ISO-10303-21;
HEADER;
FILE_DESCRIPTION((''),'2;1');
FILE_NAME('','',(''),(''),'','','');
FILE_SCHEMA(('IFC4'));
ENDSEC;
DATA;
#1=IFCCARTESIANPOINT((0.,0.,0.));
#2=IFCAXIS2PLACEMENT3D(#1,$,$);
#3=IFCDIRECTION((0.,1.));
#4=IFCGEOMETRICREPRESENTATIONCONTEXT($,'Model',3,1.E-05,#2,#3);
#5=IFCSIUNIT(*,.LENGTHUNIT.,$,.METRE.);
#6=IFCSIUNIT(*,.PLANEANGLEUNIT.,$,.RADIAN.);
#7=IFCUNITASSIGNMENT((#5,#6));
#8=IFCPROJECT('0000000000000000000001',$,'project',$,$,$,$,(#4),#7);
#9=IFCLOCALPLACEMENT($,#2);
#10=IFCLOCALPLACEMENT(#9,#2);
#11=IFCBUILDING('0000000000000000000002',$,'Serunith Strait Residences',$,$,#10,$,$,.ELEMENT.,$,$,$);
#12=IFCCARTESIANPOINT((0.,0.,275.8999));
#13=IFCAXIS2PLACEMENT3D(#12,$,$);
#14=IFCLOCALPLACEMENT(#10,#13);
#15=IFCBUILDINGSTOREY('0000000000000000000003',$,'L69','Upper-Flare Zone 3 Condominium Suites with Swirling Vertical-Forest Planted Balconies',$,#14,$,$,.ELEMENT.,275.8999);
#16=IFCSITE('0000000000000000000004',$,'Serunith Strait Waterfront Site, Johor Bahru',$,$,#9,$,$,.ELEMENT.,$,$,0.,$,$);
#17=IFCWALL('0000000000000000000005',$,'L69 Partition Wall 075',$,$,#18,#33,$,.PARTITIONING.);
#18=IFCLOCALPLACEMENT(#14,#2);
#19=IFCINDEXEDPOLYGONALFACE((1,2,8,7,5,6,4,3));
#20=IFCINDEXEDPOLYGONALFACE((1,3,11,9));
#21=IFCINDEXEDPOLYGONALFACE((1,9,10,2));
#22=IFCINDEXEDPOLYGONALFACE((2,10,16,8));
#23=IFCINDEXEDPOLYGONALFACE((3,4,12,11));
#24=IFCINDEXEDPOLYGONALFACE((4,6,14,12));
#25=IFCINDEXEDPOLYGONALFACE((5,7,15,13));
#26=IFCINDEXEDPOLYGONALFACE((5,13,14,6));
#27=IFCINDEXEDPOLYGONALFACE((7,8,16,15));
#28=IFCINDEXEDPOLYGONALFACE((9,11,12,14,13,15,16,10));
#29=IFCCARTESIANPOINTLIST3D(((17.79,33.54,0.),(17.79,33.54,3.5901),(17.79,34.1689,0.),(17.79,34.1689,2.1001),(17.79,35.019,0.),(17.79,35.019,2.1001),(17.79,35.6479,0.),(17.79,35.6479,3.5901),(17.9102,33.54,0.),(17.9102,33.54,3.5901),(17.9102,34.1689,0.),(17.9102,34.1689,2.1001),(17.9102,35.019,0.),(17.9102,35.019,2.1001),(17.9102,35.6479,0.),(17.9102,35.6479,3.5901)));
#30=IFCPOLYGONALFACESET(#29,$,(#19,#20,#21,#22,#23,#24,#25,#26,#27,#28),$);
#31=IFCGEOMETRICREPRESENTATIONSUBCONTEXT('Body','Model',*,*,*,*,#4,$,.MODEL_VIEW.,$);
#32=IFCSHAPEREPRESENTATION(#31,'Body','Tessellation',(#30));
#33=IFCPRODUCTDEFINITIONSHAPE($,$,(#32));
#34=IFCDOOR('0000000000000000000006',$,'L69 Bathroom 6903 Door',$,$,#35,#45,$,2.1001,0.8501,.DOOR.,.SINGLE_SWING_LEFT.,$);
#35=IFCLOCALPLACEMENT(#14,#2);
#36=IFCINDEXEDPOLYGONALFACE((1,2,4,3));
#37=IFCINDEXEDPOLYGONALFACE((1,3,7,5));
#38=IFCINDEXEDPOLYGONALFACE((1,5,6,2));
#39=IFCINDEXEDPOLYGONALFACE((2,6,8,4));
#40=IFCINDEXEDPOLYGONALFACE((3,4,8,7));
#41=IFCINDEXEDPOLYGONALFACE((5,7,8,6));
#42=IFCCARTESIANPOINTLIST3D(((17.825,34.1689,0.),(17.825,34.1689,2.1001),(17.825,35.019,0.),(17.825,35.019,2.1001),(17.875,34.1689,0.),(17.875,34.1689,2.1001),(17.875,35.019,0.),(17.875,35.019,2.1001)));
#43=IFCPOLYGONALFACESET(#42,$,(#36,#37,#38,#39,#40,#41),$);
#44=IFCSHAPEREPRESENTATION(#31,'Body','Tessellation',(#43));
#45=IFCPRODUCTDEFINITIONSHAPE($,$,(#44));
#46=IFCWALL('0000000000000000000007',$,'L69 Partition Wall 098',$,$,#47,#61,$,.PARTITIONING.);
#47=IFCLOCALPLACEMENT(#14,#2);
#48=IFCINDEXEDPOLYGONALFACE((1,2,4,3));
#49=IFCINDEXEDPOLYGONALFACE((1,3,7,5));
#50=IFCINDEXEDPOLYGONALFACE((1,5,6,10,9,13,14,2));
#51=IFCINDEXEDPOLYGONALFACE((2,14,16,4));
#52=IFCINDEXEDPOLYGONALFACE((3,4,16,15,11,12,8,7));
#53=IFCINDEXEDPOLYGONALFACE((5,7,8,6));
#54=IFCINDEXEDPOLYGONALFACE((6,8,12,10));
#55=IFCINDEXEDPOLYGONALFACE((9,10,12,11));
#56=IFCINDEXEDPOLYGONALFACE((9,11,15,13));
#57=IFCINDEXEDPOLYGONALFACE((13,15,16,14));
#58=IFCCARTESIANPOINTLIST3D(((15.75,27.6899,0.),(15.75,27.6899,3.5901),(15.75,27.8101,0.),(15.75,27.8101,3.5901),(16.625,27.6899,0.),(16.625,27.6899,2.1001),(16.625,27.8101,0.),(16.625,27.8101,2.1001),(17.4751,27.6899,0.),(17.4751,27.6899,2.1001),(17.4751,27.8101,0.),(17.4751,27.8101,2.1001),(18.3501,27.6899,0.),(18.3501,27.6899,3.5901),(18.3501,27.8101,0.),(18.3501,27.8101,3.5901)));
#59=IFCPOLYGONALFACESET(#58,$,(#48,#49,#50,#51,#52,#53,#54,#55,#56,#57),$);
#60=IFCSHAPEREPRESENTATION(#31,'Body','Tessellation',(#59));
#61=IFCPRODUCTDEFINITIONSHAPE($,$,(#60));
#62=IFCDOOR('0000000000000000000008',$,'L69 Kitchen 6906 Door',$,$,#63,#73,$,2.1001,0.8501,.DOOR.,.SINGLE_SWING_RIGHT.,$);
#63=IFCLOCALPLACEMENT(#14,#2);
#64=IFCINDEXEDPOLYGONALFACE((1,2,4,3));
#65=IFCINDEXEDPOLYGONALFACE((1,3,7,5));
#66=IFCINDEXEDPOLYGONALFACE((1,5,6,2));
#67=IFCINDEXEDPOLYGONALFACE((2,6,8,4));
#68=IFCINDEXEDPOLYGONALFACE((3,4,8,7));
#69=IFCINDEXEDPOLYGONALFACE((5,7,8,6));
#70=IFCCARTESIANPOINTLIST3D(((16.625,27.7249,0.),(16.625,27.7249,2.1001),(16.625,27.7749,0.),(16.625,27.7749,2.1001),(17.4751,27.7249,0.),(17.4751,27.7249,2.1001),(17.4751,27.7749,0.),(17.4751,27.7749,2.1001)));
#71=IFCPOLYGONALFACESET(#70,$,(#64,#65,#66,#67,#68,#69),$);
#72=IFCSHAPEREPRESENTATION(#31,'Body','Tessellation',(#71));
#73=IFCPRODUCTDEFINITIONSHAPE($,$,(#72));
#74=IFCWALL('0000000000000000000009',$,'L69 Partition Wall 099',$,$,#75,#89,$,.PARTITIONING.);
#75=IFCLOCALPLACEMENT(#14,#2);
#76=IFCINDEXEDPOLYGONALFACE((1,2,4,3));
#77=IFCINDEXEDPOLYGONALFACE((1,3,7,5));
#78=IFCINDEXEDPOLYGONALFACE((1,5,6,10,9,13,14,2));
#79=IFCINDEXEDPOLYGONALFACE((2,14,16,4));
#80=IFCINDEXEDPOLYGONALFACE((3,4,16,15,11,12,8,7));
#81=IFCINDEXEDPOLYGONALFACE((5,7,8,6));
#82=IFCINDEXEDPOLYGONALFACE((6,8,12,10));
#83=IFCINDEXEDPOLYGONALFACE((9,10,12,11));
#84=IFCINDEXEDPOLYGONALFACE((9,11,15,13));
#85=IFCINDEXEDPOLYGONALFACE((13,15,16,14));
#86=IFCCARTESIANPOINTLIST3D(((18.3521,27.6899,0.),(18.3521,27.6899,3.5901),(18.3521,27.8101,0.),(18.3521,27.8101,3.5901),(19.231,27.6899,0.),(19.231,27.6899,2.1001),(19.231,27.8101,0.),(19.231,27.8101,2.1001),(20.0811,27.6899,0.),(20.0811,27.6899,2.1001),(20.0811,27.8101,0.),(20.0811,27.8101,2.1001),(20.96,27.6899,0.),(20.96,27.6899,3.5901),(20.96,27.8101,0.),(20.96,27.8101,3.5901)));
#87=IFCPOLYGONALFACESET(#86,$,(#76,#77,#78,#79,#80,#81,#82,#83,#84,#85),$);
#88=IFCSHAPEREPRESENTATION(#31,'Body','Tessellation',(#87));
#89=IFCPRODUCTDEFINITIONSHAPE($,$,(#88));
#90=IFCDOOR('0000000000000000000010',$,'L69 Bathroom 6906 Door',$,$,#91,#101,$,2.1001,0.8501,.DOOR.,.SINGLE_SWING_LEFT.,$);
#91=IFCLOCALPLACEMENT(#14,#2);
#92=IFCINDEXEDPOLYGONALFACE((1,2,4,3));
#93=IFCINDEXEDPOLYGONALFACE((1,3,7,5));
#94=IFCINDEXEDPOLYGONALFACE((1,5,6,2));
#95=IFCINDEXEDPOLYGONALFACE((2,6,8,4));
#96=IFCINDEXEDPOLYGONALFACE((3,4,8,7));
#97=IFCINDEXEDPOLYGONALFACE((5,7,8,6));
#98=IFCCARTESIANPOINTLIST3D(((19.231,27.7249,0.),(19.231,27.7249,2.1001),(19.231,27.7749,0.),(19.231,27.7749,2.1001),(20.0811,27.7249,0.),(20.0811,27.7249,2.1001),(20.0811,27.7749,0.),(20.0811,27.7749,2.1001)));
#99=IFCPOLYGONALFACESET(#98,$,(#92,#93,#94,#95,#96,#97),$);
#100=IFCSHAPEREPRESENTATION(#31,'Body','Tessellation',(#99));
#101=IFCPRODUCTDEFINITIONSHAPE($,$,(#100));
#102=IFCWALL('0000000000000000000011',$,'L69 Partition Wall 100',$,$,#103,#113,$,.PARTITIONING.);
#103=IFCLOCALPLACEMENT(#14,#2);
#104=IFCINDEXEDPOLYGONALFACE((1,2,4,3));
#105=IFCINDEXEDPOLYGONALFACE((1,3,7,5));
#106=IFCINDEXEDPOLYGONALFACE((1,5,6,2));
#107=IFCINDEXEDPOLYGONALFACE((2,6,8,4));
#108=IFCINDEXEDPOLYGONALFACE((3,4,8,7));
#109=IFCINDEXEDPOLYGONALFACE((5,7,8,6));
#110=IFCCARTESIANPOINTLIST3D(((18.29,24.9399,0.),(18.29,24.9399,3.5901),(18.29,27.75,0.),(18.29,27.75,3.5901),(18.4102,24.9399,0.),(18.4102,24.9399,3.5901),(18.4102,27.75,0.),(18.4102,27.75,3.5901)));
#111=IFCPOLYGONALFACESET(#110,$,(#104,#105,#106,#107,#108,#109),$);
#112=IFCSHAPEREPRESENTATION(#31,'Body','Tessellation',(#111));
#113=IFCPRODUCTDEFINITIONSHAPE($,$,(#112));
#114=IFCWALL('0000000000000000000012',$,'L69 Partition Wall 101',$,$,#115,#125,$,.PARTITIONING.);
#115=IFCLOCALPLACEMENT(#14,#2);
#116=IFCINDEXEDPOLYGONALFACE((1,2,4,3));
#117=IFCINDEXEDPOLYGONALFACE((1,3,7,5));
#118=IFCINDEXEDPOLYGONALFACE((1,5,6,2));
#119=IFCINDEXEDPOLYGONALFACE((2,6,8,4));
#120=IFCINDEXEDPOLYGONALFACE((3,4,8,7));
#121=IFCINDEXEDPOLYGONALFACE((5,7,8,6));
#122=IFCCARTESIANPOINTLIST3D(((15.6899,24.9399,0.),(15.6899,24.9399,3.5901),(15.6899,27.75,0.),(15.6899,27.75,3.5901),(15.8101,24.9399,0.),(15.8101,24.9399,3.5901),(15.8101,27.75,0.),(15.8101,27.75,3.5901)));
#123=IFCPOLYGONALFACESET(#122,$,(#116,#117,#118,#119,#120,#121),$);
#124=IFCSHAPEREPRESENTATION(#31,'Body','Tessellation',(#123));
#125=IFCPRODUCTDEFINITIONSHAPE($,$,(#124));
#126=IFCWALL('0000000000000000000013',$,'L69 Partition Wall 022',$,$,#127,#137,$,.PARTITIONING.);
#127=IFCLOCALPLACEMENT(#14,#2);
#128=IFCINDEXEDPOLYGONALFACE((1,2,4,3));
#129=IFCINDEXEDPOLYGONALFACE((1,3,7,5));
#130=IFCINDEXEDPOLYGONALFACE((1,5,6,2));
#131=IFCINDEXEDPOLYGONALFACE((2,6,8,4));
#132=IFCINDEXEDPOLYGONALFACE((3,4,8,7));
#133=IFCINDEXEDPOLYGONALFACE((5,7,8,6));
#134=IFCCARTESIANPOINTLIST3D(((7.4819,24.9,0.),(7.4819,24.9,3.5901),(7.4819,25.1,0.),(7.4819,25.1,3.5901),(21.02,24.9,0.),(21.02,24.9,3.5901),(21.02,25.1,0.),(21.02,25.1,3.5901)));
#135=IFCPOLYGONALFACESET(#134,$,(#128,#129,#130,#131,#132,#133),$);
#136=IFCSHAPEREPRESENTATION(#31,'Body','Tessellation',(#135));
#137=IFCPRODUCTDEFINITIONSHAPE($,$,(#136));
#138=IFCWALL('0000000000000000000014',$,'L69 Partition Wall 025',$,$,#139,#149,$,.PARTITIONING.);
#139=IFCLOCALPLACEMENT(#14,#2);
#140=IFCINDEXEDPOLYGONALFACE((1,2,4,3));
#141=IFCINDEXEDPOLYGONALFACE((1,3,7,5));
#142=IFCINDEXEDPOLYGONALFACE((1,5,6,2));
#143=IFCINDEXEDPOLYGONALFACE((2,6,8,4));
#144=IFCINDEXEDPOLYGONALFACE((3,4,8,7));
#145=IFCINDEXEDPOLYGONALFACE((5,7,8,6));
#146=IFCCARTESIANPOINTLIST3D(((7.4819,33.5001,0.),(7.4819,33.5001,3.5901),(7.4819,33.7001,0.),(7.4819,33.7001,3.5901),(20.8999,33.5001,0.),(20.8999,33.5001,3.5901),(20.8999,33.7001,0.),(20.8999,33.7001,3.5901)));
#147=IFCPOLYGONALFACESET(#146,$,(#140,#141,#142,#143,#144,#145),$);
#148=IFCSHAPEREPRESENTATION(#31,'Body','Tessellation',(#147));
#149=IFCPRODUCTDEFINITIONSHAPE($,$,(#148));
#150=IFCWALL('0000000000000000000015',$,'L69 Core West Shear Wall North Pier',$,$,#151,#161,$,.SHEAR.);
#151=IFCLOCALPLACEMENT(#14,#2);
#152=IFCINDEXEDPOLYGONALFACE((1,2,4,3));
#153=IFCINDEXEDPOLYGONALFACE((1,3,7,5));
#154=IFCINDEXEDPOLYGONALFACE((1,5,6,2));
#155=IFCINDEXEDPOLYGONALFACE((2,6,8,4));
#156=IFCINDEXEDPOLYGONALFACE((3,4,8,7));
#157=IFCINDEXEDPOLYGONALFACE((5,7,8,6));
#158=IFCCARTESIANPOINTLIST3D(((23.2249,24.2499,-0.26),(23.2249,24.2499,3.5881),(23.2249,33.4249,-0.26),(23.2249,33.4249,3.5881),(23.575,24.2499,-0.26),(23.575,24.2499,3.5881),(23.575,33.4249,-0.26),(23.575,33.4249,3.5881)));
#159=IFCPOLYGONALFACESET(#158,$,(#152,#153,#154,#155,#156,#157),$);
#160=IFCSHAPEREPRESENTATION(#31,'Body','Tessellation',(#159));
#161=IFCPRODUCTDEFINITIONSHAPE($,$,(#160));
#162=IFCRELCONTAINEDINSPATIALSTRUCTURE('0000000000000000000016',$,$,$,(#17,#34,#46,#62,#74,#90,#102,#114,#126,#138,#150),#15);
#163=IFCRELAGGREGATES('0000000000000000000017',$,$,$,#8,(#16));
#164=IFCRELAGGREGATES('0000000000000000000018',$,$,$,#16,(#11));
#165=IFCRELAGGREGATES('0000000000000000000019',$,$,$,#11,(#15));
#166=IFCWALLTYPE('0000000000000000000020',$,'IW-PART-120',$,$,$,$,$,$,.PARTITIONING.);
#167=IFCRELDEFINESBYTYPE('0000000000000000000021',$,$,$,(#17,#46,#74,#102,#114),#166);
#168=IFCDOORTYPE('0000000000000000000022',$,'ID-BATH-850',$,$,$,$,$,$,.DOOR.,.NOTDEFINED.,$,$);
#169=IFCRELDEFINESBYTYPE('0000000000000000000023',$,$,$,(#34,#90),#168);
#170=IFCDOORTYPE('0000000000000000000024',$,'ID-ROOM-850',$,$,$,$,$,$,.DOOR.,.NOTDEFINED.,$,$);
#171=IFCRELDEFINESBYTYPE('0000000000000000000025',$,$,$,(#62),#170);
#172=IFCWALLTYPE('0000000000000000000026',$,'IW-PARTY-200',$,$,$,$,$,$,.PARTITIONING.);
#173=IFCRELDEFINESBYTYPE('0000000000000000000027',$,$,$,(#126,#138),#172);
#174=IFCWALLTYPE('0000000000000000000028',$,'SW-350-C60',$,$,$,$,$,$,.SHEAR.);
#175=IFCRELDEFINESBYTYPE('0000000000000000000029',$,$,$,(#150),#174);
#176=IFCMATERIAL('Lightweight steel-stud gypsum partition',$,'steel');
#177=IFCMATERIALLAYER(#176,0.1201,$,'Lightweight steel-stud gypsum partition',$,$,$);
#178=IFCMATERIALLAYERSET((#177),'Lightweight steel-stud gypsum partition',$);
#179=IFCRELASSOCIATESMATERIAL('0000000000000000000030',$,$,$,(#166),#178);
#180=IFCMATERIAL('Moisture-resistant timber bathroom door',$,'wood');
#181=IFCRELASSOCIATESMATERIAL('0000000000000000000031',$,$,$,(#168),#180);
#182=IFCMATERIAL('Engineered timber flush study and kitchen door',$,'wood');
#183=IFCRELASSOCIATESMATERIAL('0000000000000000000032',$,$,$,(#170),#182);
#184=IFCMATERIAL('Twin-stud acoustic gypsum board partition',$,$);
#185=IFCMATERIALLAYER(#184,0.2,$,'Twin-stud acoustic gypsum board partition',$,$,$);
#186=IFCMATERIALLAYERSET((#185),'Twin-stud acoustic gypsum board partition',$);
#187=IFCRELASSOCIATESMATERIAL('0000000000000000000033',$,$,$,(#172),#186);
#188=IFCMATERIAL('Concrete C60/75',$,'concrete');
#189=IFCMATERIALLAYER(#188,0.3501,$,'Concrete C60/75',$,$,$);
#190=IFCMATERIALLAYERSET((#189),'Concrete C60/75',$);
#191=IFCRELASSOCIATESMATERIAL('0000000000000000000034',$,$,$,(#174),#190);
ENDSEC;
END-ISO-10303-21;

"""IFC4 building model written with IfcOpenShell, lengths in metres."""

from ifc_helpers import new_model, si_unit, direction, frame, frame_2d, origin, place, context, subcontext, project, spatial, rectangle, extrude, source, transform, mapped, material, layer, layer_set, type_object, element, fill, save


model = new_model("IFC4")

# Units and contexts
model_context = context("Model", 3, precision=1e-05, world=origin(), true_north=direction((0.0, 1.0)))
body_context = subcontext(model_context, "Body", "Model", "MODEL_VIEW")
ifc_project = project(units=[si_unit("LENGTHUNIT", "METRE"), si_unit("PLANEANGLEUNIT", "RADIAN")], contexts=[model_context])

# Site, building, storey
site_placement = place(None, origin())
site = spatial("IfcSite", under=ifc_project, at=site_placement, Name="Serunith Strait Waterfront Site, Johor Bahru", CompositionType="ELEMENT", RefElevation=0.0)
building_placement = place(site_placement, origin())
building = spatial("IfcBuilding", under=site, at=building_placement, Name="Serunith Strait Residences", CompositionType="ELEMENT")
storey_placement = place(building_placement, frame((0.0, 0.0, 275.8999)))
storey = spatial("IfcBuildingStorey", under=building, at=storey_placement, Name="L69", Description="Upper-Flare Zone 3 Condominium Suites with Swirling Vertical-Forest Planted Balconies", CompositionType="ELEMENT", Elevation=275.8999)

# Walls, openings, doors
ifc_material_1 = material(Name="Lightweight steel-stud gypsum partition", Category="steel")
ifc_layer_1 = layer(ifc_material_1, 0.1201, Name="Lightweight steel-stud gypsum partition")
ifc_layer_set_1 = layer_set([ifc_layer_1], Name="Lightweight steel-stud gypsum partition")
wall_type_1 = type_object("IfcWallType", Name="IW-PART-120", PredefinedType="PARTITIONING", material=ifc_layer_set_1)
wall_1_placement = place(storey_placement, frame((17.8501, 35.6479, 0.0), z_axis=(0.0, 0.0, 1.0), x_axis=(0.0, -1.0, 0.0)))
wall_1 = element("IfcWall", 1, at=wall_1_placement, inside=storey, type_object=wall_type_1, Name="L69 Partition Wall 075", PredefinedType="PARTITIONING", context=body_context, shape_type="SweptSolid", body=[
    extrude(rectangle(XDim=2.1079, YDim=0.1201, at=frame_2d((1.054, 0.0))), origin(), (0.0, 0.0, 1.0), 3.5901),
])
opening_1_placement = place(wall_1_placement, frame((0.6289, 0.0, 0.0)))
opening_1 = element("IfcOpeningElement", 2, at=opening_1_placement, cuts=wall_1, PredefinedType="OPENING", context=body_context, shape_type="SweptSolid", body=[
    extrude(rectangle(XDim=0.8501, YDim=2.1001, at=frame_2d((0.425, 1.05))), frame((0.0, 0.0701, 0.0), z_axis=(0.0, -1.0, 0.0), x_axis=(1.0, 0.0, 0.0)), (0.0, 0.0, 1.0), 0.1401),
])
ifc_material_2 = material(Name="Moisture-resistant timber bathroom door", Category="wood")
door_type_1 = type_object("IfcDoorType", Name="ID-BATH-850", OperationType="NOTDEFINED", PredefinedType="DOOR", material=ifc_material_2)
shared_shape_1 = source(origin(), body_context, "Body", "SweptSolid", [
    extrude(rectangle(XDim=0.8501, YDim=2.1001, at=frame_2d((0.425, 1.05))), frame((0.0, 0.0249, 0.0), z_axis=(0.0, -1.0, 0.0), x_axis=(1.0, 0.0, 0.0)), (0.0, 0.0, 1.0), 0.05),
])
door_1_placement = place(opening_1_placement, origin())
door_1 = element("IfcDoor", 3, at=door_1_placement, inside=storey, type_object=door_type_1, Name="L69 Bathroom 6903 Door", OperationType="SINGLE_SWING_LEFT", OverallHeight=2.1001, OverallWidth=0.8501, PredefinedType="DOOR", context=body_context, shape_type="MappedRepresentation", body=[
    mapped(shared_shape_1, transform((0.0, 0.0, 0.0), scale=1.0)),
])
fill(opening_1, door_1)
wall_2_placement = place(storey_placement, frame((15.75, 27.75, 0.0), z_axis=(0.0, 0.0, 1.0), x_axis=(1.0, 0.0, 0.0)))
wall_2 = element("IfcWall", 4, at=wall_2_placement, inside=storey, type_object=wall_type_1, Name="L69 Partition Wall 098", PredefinedType="PARTITIONING", context=body_context, shape_type="SweptSolid", body=[
    extrude(rectangle(XDim=2.6001, YDim=0.1201, at=frame_2d((1.3, 0.0))), origin(), (0.0, 0.0, 1.0), 3.5901),
])
opening_2_placement = place(wall_2_placement, frame((0.875, 0.0, 0.0)))
opening_2 = element("IfcOpeningElement", 5, at=opening_2_placement, cuts=wall_2, PredefinedType="OPENING", context=body_context, shape_type="SweptSolid", body=[
    extrude(rectangle(XDim=0.8501, YDim=2.1001, at=frame_2d((0.425, 1.05))), frame((0.0, 0.0701, 0.0), z_axis=(0.0, -1.0, 0.0), x_axis=(1.0, 0.0, 0.0)), (0.0, 0.0, 1.0), 0.1401),
])
ifc_material_3 = material(Name="Engineered timber flush study and kitchen door", Category="wood")
door_type_2 = type_object("IfcDoorType", Name="ID-ROOM-850", OperationType="NOTDEFINED", PredefinedType="DOOR", material=ifc_material_3)
door_2_placement = place(opening_2_placement, origin())
door_2 = element("IfcDoor", 6, at=door_2_placement, inside=storey, type_object=door_type_2, Name="L69 Kitchen 6906 Door", OperationType="SINGLE_SWING_RIGHT", OverallHeight=2.1001, OverallWidth=0.8501, PredefinedType="DOOR", context=body_context, shape_type="MappedRepresentation", body=[
    mapped(shared_shape_1, transform((0.0, 0.0, 0.0), scale=1.0)),
])
fill(opening_2, door_2)
wall_3_placement = place(storey_placement, frame((18.3521, 27.75, 0.0), z_axis=(0.0, 0.0, 1.0), x_axis=(1.0, 0.0, 0.0)))
wall_3 = element("IfcWall", 7, at=wall_3_placement, inside=storey, type_object=wall_type_1, Name="L69 Partition Wall 099", PredefinedType="PARTITIONING", context=body_context, shape_type="SweptSolid", body=[
    extrude(rectangle(XDim=2.6079, YDim=0.1201, at=frame_2d((1.304, 0.0))), origin(), (0.0, 0.0, 1.0), 3.5901),
])
opening_3_placement = place(wall_3_placement, frame((0.8789, 0.0, 0.0)))
opening_3 = element("IfcOpeningElement", 8, at=opening_3_placement, cuts=wall_3, PredefinedType="OPENING", context=body_context, shape_type="SweptSolid", body=[
    extrude(rectangle(XDim=0.8501, YDim=2.1001, at=frame_2d((0.425, 1.05))), frame((0.0, 0.0701, 0.0), z_axis=(0.0, -1.0, 0.0), x_axis=(1.0, 0.0, 0.0)), (0.0, 0.0, 1.0), 0.1401),
])
door_3_placement = place(opening_3_placement, origin())
door_3 = element("IfcDoor", 9, at=door_3_placement, inside=storey, type_object=door_type_1, Name="L69 Bathroom 6906 Door", OperationType="SINGLE_SWING_LEFT", OverallHeight=2.1001, OverallWidth=0.8501, PredefinedType="DOOR", context=body_context, shape_type="MappedRepresentation", body=[
    mapped(shared_shape_1, transform((0.0, 0.0, 0.0), scale=1.0)),
])
fill(opening_3, door_3)

# Walls
for number, where, z_axis, x_axis, name in (
    (10, (18.3501, 24.9399, 0.0), (0.0, 0.0, 1.0), (0.0, 1.0, 0.0), "L69 Partition Wall 100"),
    (11, (15.75, 24.9399, 0.0), (0.0, 0.0, 1.0), (0.0, 1.0, 0.0), "L69 Partition Wall 101"),
):
    element("IfcWall", number, at=place(storey_placement, frame(where, z_axis=z_axis, x_axis=x_axis)), inside=storey, type_object=wall_type_1, Name=name, PredefinedType="PARTITIONING", context=body_context, shape_type="SweptSolid", body=[
        extrude(rectangle(XDim=2.8101, YDim=0.1201, at=frame_2d((1.405, 0.0))), origin(), (0.0, 0.0, 1.0), 3.5901),
    ])
ifc_material_4 = material(Name="Twin-stud acoustic gypsum board partition")
ifc_layer_2 = layer(ifc_material_4, 0.2, Name="Twin-stud acoustic gypsum board partition")
ifc_layer_set_2 = layer_set([ifc_layer_2], Name="Twin-stud acoustic gypsum board partition")
wall_type_2 = type_object("IfcWallType", Name="IW-PARTY-200", PredefinedType="PARTITIONING", material=ifc_layer_set_2)
wall_4_placement = place(storey_placement, frame((7.4819, 25.0, 0.0), z_axis=(0.0, 0.0, 1.0), x_axis=(1.0, 0.0, 0.0)))
element("IfcWall", 12, at=wall_4_placement, inside=storey, type_object=wall_type_2, Name="L69 Partition Wall 022", PredefinedType="PARTITIONING", context=body_context, shape_type="SweptSolid", body=[
    extrude(rectangle(XDim=13.5381, YDim=0.2, at=frame_2d((6.769, 0.0))), origin(), (0.0, 0.0, 1.0), 3.5901),
])
wall_5_placement = place(storey_placement, frame((7.4819, 33.6001, 0.0), z_axis=(0.0, 0.0, 1.0), x_axis=(1.0, 0.0, 0.0)))
element("IfcWall", 13, at=wall_5_placement, inside=storey, type_object=wall_type_2, Name="L69 Partition Wall 025", PredefinedType="PARTITIONING", context=body_context, shape_type="SweptSolid", body=[
    extrude(rectangle(XDim=13.418, YDim=0.2, at=frame_2d((6.709, 0.0))), origin(), (0.0, 0.0, 1.0), 3.5901),
])

# Wall
ifc_material_5 = material(Name="Concrete C60/75", Category="concrete")
ifc_layer_3 = layer(ifc_material_5, 0.3501, Name="Concrete C60/75")
ifc_layer_set_3 = layer_set([ifc_layer_3], Name="Concrete C60/75")
wall_type_3 = type_object("IfcWallType", Name="SW-350-C60", PredefinedType="SHEAR", material=ifc_layer_set_3)
wall_6_placement = place(storey_placement, frame((23.3999, 24.25, -0.26), z_axis=(0.0, 0.0, 1.0), x_axis=(0.0, 1.0, 0.0)))
element("IfcWall", 14, at=wall_6_placement, inside=storey, type_object=wall_type_3, Name="L69 Core West Shear Wall North Pier", PredefinedType="SHEAR", context=body_context, shape_type="SweptSolid", body=[
    extrude(rectangle(XDim=9.175, YDim=0.3501, at=frame_2d((4.5874, 0.0))), origin(), (0.0, 0.0, 1.0), 3.8481),
])

save(model, "model.ifc")
